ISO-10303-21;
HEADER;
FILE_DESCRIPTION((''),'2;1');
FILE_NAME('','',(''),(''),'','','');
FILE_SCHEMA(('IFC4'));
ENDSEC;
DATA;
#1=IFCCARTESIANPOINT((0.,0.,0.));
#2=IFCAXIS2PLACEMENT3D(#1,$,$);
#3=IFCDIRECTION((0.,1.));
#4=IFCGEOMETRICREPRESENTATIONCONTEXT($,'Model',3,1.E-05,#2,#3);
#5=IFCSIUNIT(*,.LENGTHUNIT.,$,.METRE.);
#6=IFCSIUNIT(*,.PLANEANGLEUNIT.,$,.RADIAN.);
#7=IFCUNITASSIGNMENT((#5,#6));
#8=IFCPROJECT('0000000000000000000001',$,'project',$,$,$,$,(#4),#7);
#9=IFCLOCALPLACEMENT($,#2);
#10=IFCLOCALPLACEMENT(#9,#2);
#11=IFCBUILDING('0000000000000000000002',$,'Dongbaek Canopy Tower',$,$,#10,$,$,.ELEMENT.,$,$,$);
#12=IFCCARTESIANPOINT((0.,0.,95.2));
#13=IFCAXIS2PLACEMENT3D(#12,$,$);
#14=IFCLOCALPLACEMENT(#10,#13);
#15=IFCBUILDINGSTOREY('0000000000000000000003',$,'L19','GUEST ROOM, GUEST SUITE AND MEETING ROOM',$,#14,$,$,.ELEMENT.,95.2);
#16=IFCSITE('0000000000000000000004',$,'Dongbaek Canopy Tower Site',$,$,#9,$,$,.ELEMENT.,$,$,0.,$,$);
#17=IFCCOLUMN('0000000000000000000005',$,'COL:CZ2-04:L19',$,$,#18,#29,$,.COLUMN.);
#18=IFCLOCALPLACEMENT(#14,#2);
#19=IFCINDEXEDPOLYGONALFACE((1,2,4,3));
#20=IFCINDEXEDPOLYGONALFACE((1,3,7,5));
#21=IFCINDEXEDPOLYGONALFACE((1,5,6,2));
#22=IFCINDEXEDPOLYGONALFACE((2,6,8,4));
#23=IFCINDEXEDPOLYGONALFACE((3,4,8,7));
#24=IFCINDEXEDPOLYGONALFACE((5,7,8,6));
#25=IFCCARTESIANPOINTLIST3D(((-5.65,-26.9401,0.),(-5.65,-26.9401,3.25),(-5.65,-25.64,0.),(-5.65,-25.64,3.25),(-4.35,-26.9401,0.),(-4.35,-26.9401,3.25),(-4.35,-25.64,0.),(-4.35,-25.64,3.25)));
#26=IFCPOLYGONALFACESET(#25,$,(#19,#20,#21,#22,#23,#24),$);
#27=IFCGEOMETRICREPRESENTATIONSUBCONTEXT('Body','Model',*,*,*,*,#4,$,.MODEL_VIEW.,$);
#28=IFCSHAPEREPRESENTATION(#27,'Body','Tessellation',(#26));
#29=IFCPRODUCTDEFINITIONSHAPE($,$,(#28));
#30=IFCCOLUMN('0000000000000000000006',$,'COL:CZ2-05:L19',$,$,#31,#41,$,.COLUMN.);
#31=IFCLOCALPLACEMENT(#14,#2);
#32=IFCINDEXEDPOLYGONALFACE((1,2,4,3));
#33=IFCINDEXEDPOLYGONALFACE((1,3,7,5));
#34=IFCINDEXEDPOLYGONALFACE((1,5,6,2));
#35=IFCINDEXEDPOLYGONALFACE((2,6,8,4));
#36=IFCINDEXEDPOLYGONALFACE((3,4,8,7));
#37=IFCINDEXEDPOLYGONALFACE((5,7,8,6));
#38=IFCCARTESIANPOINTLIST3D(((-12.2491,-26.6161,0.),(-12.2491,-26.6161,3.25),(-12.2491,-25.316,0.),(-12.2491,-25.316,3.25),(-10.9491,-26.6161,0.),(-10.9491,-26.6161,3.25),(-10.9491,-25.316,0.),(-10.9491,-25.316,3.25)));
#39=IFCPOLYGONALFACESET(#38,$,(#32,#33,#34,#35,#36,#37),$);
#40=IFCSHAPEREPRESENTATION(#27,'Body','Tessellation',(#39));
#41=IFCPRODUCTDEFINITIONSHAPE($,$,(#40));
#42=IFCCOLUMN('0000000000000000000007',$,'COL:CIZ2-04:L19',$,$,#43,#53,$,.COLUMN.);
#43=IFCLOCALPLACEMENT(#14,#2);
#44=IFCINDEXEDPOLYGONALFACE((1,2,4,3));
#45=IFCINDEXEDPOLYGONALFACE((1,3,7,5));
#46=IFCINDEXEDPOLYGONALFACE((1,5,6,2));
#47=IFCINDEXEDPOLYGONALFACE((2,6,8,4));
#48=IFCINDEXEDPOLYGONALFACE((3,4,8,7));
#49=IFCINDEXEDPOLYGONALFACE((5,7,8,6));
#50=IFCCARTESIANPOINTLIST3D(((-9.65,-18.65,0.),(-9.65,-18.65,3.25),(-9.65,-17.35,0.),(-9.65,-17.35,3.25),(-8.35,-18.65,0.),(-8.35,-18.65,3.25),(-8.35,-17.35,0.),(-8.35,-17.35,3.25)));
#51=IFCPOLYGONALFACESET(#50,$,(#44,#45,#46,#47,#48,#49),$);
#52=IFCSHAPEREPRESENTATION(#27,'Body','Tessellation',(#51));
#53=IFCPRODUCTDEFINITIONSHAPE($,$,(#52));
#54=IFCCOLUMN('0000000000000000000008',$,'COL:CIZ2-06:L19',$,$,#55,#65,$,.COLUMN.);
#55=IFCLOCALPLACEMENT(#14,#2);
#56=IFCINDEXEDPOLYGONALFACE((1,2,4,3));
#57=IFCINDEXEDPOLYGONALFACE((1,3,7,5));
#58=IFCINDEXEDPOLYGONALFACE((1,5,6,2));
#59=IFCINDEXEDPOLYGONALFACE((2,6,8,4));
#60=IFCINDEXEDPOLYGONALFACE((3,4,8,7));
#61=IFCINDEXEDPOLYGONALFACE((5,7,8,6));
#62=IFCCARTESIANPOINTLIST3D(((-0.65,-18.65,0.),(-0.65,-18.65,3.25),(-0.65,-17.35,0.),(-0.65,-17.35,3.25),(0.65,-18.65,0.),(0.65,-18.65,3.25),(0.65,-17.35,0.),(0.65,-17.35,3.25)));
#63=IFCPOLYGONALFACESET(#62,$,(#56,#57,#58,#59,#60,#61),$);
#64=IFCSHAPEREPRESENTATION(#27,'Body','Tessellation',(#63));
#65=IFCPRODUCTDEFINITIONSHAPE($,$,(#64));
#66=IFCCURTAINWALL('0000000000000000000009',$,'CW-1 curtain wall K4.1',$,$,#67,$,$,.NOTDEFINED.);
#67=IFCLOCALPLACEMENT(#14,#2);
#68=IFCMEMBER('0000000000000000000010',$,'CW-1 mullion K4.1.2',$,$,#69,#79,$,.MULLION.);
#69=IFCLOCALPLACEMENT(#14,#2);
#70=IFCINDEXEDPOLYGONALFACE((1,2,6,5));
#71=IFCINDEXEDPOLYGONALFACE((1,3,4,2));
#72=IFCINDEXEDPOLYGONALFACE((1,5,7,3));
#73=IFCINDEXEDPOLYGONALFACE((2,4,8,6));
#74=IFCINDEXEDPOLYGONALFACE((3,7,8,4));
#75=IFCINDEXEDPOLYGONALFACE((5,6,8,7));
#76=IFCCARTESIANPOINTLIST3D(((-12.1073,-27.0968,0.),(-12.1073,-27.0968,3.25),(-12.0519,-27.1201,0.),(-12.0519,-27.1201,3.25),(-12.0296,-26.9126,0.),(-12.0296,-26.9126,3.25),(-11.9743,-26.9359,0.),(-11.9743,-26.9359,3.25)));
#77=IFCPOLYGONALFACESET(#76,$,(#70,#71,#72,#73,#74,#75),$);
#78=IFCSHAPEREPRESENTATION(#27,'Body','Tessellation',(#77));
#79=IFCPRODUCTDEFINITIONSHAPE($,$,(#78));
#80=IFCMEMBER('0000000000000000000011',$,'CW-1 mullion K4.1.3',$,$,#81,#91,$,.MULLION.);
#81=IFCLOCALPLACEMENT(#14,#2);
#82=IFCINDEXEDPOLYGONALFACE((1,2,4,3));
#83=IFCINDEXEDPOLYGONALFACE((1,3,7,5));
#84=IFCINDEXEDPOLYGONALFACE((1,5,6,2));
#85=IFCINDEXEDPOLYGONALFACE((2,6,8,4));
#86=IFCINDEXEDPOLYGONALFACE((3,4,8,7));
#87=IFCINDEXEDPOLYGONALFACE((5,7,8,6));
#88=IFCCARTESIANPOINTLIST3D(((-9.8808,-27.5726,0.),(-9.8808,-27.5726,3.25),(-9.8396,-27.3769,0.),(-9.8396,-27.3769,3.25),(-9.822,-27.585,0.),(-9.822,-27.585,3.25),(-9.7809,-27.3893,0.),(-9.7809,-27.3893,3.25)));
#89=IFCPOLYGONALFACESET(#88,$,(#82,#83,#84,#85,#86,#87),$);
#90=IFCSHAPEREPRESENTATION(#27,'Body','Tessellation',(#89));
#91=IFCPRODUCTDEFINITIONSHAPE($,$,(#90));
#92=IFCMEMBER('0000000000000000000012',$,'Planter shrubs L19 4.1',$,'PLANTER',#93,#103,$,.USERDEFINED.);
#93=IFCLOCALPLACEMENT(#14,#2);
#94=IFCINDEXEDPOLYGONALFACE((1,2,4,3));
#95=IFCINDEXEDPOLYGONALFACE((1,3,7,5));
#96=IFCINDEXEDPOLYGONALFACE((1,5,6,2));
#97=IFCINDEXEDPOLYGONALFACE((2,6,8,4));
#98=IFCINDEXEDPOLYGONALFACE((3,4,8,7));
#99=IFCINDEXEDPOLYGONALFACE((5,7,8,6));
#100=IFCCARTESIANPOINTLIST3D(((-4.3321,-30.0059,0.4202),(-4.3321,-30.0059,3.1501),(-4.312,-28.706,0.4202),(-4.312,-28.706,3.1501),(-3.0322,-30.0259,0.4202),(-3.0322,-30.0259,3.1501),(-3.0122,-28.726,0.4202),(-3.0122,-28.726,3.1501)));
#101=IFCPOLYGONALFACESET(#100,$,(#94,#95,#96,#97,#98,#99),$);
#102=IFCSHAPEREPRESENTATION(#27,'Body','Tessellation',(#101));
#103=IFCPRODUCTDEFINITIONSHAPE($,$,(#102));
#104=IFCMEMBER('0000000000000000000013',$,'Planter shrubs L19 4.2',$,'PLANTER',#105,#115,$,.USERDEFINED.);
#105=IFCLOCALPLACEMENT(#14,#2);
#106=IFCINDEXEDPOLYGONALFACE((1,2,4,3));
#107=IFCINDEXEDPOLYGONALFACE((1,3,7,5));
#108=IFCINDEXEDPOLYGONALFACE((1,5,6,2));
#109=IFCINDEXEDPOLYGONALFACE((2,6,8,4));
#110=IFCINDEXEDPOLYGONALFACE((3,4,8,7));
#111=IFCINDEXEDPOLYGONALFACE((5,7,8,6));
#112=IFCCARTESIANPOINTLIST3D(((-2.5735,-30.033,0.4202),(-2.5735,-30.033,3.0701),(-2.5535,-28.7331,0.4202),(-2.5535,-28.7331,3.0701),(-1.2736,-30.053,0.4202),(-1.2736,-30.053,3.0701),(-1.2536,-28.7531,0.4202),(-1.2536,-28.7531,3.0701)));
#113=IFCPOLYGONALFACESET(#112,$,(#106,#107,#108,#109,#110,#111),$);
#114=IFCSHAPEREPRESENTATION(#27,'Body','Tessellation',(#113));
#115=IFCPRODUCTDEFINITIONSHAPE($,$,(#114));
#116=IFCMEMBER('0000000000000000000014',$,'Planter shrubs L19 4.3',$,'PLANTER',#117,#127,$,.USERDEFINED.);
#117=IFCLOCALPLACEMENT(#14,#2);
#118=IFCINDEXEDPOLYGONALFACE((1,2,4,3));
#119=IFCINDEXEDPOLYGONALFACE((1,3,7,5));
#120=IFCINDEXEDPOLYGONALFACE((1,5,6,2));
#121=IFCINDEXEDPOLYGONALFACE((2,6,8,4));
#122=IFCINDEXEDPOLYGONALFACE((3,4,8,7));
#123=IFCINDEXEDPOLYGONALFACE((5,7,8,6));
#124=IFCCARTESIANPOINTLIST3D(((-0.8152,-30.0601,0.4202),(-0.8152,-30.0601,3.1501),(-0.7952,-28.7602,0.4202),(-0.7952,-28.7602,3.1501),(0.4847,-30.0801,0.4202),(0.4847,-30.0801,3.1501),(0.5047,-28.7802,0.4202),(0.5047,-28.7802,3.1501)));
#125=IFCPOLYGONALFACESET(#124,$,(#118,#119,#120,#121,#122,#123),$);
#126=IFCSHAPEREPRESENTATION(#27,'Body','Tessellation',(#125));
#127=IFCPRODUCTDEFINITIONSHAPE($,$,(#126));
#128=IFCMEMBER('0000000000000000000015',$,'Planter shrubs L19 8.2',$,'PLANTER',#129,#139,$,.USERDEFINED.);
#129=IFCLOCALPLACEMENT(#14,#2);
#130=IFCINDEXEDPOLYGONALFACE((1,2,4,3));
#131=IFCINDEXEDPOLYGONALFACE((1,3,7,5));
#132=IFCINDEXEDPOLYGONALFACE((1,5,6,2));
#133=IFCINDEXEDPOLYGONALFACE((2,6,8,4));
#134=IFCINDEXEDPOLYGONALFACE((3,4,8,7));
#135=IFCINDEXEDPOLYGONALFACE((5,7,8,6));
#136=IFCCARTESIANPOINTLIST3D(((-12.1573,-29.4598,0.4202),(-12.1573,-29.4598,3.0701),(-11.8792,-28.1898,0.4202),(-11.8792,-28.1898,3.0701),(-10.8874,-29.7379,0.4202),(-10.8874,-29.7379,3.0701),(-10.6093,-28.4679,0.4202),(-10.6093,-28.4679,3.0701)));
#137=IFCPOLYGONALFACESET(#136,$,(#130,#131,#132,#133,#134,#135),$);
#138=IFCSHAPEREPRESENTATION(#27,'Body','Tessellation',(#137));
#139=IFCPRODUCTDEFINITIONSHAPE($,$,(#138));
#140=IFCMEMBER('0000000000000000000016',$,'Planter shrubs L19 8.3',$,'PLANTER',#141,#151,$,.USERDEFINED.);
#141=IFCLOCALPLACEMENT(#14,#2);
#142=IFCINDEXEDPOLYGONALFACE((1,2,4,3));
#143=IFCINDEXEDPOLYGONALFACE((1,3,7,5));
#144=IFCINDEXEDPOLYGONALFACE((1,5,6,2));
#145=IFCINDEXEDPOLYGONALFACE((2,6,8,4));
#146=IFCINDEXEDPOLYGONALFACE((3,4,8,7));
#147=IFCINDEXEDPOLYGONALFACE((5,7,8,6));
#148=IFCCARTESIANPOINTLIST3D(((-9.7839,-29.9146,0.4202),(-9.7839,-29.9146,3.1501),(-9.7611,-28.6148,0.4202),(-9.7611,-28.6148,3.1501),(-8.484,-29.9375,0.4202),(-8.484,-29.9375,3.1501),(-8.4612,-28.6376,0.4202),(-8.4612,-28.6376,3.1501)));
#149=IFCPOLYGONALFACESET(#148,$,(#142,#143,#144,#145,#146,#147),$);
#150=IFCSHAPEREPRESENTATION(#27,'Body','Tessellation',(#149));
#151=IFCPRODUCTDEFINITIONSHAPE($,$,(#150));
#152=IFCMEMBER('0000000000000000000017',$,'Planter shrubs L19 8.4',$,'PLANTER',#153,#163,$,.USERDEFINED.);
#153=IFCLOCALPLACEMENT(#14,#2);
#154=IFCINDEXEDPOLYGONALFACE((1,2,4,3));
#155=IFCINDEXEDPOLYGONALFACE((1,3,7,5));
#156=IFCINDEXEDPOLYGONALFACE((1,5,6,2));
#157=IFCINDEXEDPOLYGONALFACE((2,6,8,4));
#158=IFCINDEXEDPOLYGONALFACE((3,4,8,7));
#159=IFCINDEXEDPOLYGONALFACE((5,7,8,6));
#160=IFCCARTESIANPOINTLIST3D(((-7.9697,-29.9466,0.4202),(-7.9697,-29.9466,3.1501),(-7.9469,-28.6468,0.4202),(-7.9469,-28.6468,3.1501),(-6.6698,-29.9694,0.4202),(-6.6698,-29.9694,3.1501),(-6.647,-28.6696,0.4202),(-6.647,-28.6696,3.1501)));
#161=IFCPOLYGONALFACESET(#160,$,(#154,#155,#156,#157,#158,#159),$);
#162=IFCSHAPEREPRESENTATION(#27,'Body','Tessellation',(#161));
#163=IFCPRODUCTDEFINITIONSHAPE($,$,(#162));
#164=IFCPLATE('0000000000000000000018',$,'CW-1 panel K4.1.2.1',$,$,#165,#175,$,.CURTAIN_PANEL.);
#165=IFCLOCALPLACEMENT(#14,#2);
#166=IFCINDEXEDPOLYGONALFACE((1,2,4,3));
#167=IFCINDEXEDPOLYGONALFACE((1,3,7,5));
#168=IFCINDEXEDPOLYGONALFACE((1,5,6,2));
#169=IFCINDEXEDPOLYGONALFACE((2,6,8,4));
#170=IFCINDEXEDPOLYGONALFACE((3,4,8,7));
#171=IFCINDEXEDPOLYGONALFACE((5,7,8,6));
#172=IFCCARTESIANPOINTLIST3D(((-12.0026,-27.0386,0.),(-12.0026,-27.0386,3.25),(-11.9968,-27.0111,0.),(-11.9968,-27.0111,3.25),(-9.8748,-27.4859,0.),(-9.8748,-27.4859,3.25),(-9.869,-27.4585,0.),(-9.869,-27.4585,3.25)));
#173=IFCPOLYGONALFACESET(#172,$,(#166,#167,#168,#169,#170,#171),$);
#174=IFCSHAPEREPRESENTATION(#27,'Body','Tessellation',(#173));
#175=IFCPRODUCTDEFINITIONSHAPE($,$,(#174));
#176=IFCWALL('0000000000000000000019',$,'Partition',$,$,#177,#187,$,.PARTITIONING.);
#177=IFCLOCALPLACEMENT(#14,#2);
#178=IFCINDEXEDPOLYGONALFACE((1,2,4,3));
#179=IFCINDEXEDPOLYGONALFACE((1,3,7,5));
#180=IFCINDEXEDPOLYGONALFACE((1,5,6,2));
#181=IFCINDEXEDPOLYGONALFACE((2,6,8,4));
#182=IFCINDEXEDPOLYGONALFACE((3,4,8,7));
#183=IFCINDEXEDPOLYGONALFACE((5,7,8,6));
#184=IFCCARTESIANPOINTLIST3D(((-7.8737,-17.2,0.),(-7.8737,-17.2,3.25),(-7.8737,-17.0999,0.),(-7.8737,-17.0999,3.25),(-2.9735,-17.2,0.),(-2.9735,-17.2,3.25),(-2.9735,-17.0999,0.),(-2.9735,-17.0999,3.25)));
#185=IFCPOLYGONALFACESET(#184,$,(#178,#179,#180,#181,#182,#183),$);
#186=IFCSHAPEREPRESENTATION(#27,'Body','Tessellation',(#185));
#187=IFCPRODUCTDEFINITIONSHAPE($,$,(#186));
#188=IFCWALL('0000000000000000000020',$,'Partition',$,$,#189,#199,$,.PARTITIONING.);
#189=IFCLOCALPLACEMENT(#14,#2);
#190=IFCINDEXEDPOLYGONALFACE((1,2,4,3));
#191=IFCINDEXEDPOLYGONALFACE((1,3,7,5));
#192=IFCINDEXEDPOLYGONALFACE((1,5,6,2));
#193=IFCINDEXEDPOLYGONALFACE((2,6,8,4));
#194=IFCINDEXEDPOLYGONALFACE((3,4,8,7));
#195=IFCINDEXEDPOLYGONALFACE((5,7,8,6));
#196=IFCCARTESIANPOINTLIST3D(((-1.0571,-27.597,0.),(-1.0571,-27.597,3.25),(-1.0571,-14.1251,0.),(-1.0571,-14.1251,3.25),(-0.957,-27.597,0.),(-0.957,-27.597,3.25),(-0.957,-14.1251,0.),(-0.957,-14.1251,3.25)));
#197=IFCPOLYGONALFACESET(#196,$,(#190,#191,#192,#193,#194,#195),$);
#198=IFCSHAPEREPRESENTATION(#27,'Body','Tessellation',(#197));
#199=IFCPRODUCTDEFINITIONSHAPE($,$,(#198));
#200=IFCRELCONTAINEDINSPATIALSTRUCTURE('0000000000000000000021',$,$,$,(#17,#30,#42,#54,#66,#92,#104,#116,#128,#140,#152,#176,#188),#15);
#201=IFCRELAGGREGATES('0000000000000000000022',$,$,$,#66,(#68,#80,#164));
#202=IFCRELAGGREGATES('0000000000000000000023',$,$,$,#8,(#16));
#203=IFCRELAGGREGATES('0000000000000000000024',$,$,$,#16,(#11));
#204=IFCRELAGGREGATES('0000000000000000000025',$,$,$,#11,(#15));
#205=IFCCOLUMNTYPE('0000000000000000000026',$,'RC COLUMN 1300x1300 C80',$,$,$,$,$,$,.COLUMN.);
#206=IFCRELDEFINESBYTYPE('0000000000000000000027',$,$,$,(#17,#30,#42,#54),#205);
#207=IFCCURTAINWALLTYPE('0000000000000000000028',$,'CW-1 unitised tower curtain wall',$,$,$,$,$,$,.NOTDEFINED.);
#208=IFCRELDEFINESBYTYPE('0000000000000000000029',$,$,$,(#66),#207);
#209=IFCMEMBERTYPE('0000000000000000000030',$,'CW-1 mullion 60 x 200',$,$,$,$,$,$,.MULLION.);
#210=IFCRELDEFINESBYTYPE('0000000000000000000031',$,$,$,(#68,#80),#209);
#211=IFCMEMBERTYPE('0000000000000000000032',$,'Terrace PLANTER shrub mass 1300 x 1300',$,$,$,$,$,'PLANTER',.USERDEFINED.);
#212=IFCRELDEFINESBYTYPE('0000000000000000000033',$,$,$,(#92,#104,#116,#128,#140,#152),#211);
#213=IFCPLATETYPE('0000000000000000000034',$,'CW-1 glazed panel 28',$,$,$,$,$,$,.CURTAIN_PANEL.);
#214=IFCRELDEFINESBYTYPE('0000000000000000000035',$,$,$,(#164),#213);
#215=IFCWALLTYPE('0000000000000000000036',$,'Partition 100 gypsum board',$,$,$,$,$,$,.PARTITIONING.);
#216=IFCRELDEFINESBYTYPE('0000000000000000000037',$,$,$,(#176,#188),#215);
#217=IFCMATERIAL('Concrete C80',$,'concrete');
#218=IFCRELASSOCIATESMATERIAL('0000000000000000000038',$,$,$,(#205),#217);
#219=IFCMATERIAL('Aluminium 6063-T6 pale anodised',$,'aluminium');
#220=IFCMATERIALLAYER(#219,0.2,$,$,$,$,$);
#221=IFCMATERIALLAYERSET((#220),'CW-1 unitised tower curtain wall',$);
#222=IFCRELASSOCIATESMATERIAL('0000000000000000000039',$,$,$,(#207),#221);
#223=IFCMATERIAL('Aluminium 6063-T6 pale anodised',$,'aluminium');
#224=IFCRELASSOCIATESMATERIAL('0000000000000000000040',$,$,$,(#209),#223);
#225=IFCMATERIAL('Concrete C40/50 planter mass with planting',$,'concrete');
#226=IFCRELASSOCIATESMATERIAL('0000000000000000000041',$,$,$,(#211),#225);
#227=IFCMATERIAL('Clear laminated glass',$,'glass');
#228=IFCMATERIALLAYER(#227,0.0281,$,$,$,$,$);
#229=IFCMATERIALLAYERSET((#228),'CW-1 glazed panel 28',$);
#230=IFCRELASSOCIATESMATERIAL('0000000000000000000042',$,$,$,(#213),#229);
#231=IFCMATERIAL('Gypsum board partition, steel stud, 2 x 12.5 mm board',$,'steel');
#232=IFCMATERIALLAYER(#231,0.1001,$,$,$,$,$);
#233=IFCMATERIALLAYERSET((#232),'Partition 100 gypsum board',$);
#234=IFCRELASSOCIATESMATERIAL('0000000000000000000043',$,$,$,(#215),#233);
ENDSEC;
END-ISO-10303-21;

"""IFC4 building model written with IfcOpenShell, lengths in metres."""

from ifc_helpers import new_model, si_unit, direction, frame, frame_2d, origin, origin_2d, place, context, subcontext, project, spatial, rectangle, extrude, material, layer, layer_set, material_profile, profile_set, type_object, element, aggregate, save


model = new_model("IFC4")

# Units and contexts
model_context = context("Model", 3, precision=1e-05, world=origin(), true_north=direction((0.0, 1.0)))
body_context = subcontext(model_context, "Body", "Model", "MODEL_VIEW")
ifc_project = project(units=[si_unit("LENGTHUNIT", "METRE"), si_unit("PLANEANGLEUNIT", "RADIAN")], contexts=[model_context])

# Site, building, storey
site_placement = place(None, origin())
site = spatial("IfcSite", under=ifc_project, at=site_placement, Name="Dongbaek Canopy Tower Site", CompositionType="ELEMENT", RefElevation=0.0)
building_placement = place(site_placement, origin())
building = spatial("IfcBuilding", under=site, at=building_placement, Name="Dongbaek Canopy Tower", CompositionType="ELEMENT")
storey_placement = place(building_placement, frame((0.0, 0.0, 95.2)))
storey = spatial("IfcBuildingStorey", under=building, at=storey_placement, Name="L19", Description="GUEST ROOM, GUEST SUITE AND MEETING ROOM", CompositionType="ELEMENT", Elevation=95.2)

# Columns
ifc_material_1 = material(Name="Concrete C80", Category="concrete")
ifc_material_profile_1 = material_profile(ifc_material_1, rectangle(XDim=1.3, YDim=1.3, at=origin_2d()), Name="RC COLUMN 1300x1300 C80")
ifc_profile_set_1 = profile_set([ifc_material_profile_1], Name="Concrete C80")
column_type = type_object("IfcColumnType", Name="RC COLUMN 1300x1300 C80", PredefinedType="COLUMN", material=ifc_profile_set_1)
for number, where, z_axis, x_axis, name in (
    (1, (-5.0, -26.29, 0.0), (0.0, 0.0, 1.0), (1.0, 0.0, 0.0), "COL:CZ2-04:L19"),
    (2, (-11.5991, -25.9661, 0.0), (0.0, 0.0, 1.0), (1.0, 0.0, 0.0), "COL:CZ2-05:L19"),
    (3, (-9.0, -18.0, 0.0), (0.0, 0.0, 1.0), (1.0, 0.0, 0.0), "COL:CIZ2-04:L19"),
    (4, (0.0, -18.0, 0.0), (0.0, 0.0, 1.0), (1.0, 0.0, 0.0), "COL:CIZ2-06:L19"),
):
    element("IfcColumn", number, at=place(storey_placement, frame(where, z_axis=z_axis, x_axis=x_axis)), inside=storey, type_object=column_type, Name=name, PredefinedType="COLUMN", context=body_context, shape_type="SweptSolid", body=[
        extrude(rectangle(XDim=1.3, YDim=1.3, at=origin_2d()), origin(), (0.0, 0.0, 1.0), 3.25),
    ])

# Curtain wall, members
ifc_material_2 = material(Name="Aluminium 6063-T6 pale anodised", Category="aluminium")
ifc_layer_1 = layer(ifc_material_2, 0.2)
ifc_layer_set_1 = layer_set([ifc_layer_1], Name="CW-1 unitised tower curtain wall")
curtain_wall_type = type_object("IfcCurtainWallType", Name="CW-1 unitised tower curtain wall", PredefinedType="NOTDEFINED", material=ifc_layer_set_1)
curtain_wall_placement = place(storey_placement, origin())
curtain_wall = element("IfcCurtainWall", 5, at=curtain_wall_placement, inside=storey, type_object=curtain_wall_type, Name="CW-1 curtain wall K4.1", PredefinedType="NOTDEFINED")
ifc_material_3 = material(Name="Aluminium 6063-T6 pale anodised", Category="aluminium")
ifc_material_profile_2 = material_profile(ifc_material_3, rectangle(XDim=0.2, YDim=0.0601, at=origin_2d()), Name="CW-1 mullion 60 x 200")
ifc_profile_set_2 = profile_set([ifc_material_profile_2], Name="Aluminium 6063-T6 pale anodised")
member_type_1 = type_object("IfcMemberType", Name="CW-1 mullion 60 x 200", PredefinedType="MULLION", material=ifc_profile_set_2)
member_1_placement = place(storey_placement, frame((-12.0408, -27.0164, 0.0), z_axis=(0.0, 0.0, 1.0), x_axis=(-0.38849, -0.921453, 0.0)))
member_1 = element("IfcMember", 6, at=member_1_placement, type_object=member_type_1, Name="CW-1 mullion K4.1.2", PredefinedType="MULLION", context=body_context, shape_type="SweptSolid", body=[
    extrude(rectangle(XDim=0.2, YDim=0.0601, at=origin_2d()), origin(), (0.0, 0.0, 1.0), 3.25),
])
member_2_placement = place(storey_placement, frame((-9.8308, -27.481, 0.0), z_axis=(0.0, 0.0, 1.0), x_axis=(-0.205723, -0.97861, 0.0)))
member_2 = element("IfcMember", 7, at=member_2_placement, type_object=member_type_1, Name="CW-1 mullion K4.1.3", PredefinedType="MULLION", context=body_context, shape_type="SweptSolid", body=[
    extrude(rectangle(XDim=0.2, YDim=0.0601, at=origin_2d()), origin(), (0.0, 0.0, 1.0), 3.25),
])

# Members
ifc_material_4 = material(Name="Concrete C40/50 planter mass with planting", Category="concrete")
ifc_material_profile_3 = material_profile(ifc_material_4, rectangle(XDim=1.3, YDim=1.3, at=origin_2d()), Name="Terrace PLANTER shrub mass 1300 x 1300")
ifc_profile_set_3 = profile_set([ifc_material_profile_3], Name="Concrete C40/50 planter mass with planting")
member_type_2 = type_object("IfcMemberType", Name="Terrace PLANTER shrub mass 1300 x 1300", ElementType="PLANTER", PredefinedType="USERDEFINED", material=ifc_profile_set_3)
member_3_placement = place(storey_placement, frame((-3.6721, -29.366, 0.4202), z_axis=(0.0, 0.0, 1.0), x_axis=(-0.015413, -0.999881, 0.0)))
element("IfcMember", 8, at=member_3_placement, inside=storey, type_object=member_type_2, Name="Planter shrubs L19 4.1", ObjectType="PLANTER", PredefinedType="USERDEFINED", context=body_context, shape_type="SweptSolid", body=[
    extrude(rectangle(XDim=1.3, YDim=1.3, at=origin_2d()), origin(), (0.0, 0.0, 1.0), 2.73),
])
member_4_placement = place(storey_placement, frame((-1.9136, -29.3931, 0.4202), z_axis=(0.0, 0.0, 1.0), x_axis=(-0.015413, -0.999881, 0.0)))
element("IfcMember", 9, at=member_4_placement, inside=storey, type_object=member_type_2, Name="Planter shrubs L19 4.2", ObjectType="PLANTER", PredefinedType="USERDEFINED", context=body_context, shape_type="SweptSolid", body=[
    extrude(rectangle(XDim=1.3, YDim=1.3, at=origin_2d()), origin(), (0.0, 0.0, 1.0), 2.6499),
])
member_5_placement = place(storey_placement, frame((-0.1553, -29.4202, 0.4202), z_axis=(0.0, 0.0, 1.0), x_axis=(-0.015413, -0.999881, 0.0)))
element("IfcMember", 10, at=member_5_placement, inside=storey, type_object=member_type_2, Name="Planter shrubs L19 4.3", ObjectType="PLANTER", PredefinedType="USERDEFINED", context=body_context, shape_type="SweptSolid", body=[
    extrude(rectangle(XDim=1.3, YDim=1.3, at=origin_2d()), origin(), (0.0, 0.0, 1.0), 2.73),
])
member_6_placement = place(storey_placement, frame((-11.3833, -28.9639, 0.4202), z_axis=(0.0, 0.0, 1.0), x_axis=(-0.213916, -0.976852, 0.0)))
element("IfcMember", 11, at=member_6_placement, inside=storey, type_object=member_type_2, Name="Planter shrubs L19 8.2", ObjectType="PLANTER", PredefinedType="USERDEFINED", context=body_context, shape_type="SweptSolid", body=[
    extrude(rectangle(XDim=1.3, YDim=1.3, at=origin_2d()), origin(), (0.0, 0.0, 1.0), 2.6499),
])
for number, where, z_axis, x_axis, name in (
    (12, (-9.1226, -29.2761, 0.4202), (0.0, 0.0, 1.0), (-0.017552, -0.999846, 0.0), "Planter shrubs L19 8.3"),
    (13, (-7.3083, -29.3081, 0.4202), (0.0, 0.0, 1.0), (-0.017552, -0.999846, 0.0), "Planter shrubs L19 8.4"),
):
    element("IfcMember", number, at=place(storey_placement, frame(where, z_axis=z_axis, x_axis=x_axis)), inside=storey, type_object=member_type_2, Name=name, ObjectType="PLANTER", PredefinedType="USERDEFINED", context=body_context, shape_type="SweptSolid", body=[
        extrude(rectangle(XDim=1.3, YDim=1.3, at=origin_2d()), origin(), (0.0, 0.0, 1.0), 2.73),
    ])

# Plate
ifc_material_5 = material(Name="Clear laminated glass", Category="glass")
ifc_layer_2 = layer(ifc_material_5, 0.0281)
ifc_layer_set_2 = layer_set([ifc_layer_2], Name="CW-1 glazed panel 28")
plate_type = type_object("IfcPlateType", Name="CW-1 glazed panel 28", PredefinedType="CURTAIN_PANEL", material=ifc_layer_set_2)
plate_placement = place(storey_placement, frame((-10.9358, -27.2485, 0.0), z_axis=(0.0, 0.0, 1.0), x_axis=(0.97861, -0.205723, 0.0)))
plate = element("IfcPlate", 14, at=plate_placement, type_object=plate_type, Name="CW-1 panel K4.1.2.1", PredefinedType="CURTAIN_PANEL", context=body_context, shape_type="SweptSolid", body=[
    extrude(rectangle(XDim=2.1743, YDim=0.0281, at=origin_2d()), origin(), (0.0, 0.0, 1.0), 3.25),
])

# Walls
ifc_material_6 = material(Name="Gypsum board partition, steel stud, 2 x 12.5 mm board", Category="steel")
ifc_layer_3 = layer(ifc_material_6, 0.1001)
ifc_layer_set_3 = layer_set([ifc_layer_3], Name="Partition 100 gypsum board")
wall_type_1 = type_object("IfcWallType", Name="Partition 100 gypsum board", PredefinedType="PARTITIONING", material=ifc_layer_set_3)
wall_1_placement = place(storey_placement, frame((-7.8738, -17.1499, 0.0), z_axis=(0.0, 0.0, 1.0), x_axis=(1.0, 0.0, 0.0)))
element("IfcWall", 15, at=wall_1_placement, inside=storey, type_object=wall_type_1, Name="Partition", PredefinedType="PARTITIONING", context=body_context, shape_type="SweptSolid", body=[
    extrude(rectangle(XDim=4.9001, YDim=0.1001, at=frame_2d((2.4502, 0.0))), origin(), (0.0, 0.0, 1.0), 3.25),
])
wall_2_placement = place(storey_placement, frame((-1.0071, -27.5969, 0.0), z_axis=(0.0, 0.0, 1.0), x_axis=(0.0, 1.0, 0.0)))
element("IfcWall", 16, at=wall_2_placement, inside=storey, type_object=wall_type_1, Name="Partition", PredefinedType="PARTITIONING", context=body_context, shape_type="SweptSolid", body=[
    extrude(rectangle(XDim=13.4719, YDim=0.1001, at=frame_2d((6.7358, 0.0))), origin(), (0.0, 0.0, 1.0), 3.25),
])

aggregate(curtain_wall, [member_1, member_2, plate])

save(model, "model.ifc")
